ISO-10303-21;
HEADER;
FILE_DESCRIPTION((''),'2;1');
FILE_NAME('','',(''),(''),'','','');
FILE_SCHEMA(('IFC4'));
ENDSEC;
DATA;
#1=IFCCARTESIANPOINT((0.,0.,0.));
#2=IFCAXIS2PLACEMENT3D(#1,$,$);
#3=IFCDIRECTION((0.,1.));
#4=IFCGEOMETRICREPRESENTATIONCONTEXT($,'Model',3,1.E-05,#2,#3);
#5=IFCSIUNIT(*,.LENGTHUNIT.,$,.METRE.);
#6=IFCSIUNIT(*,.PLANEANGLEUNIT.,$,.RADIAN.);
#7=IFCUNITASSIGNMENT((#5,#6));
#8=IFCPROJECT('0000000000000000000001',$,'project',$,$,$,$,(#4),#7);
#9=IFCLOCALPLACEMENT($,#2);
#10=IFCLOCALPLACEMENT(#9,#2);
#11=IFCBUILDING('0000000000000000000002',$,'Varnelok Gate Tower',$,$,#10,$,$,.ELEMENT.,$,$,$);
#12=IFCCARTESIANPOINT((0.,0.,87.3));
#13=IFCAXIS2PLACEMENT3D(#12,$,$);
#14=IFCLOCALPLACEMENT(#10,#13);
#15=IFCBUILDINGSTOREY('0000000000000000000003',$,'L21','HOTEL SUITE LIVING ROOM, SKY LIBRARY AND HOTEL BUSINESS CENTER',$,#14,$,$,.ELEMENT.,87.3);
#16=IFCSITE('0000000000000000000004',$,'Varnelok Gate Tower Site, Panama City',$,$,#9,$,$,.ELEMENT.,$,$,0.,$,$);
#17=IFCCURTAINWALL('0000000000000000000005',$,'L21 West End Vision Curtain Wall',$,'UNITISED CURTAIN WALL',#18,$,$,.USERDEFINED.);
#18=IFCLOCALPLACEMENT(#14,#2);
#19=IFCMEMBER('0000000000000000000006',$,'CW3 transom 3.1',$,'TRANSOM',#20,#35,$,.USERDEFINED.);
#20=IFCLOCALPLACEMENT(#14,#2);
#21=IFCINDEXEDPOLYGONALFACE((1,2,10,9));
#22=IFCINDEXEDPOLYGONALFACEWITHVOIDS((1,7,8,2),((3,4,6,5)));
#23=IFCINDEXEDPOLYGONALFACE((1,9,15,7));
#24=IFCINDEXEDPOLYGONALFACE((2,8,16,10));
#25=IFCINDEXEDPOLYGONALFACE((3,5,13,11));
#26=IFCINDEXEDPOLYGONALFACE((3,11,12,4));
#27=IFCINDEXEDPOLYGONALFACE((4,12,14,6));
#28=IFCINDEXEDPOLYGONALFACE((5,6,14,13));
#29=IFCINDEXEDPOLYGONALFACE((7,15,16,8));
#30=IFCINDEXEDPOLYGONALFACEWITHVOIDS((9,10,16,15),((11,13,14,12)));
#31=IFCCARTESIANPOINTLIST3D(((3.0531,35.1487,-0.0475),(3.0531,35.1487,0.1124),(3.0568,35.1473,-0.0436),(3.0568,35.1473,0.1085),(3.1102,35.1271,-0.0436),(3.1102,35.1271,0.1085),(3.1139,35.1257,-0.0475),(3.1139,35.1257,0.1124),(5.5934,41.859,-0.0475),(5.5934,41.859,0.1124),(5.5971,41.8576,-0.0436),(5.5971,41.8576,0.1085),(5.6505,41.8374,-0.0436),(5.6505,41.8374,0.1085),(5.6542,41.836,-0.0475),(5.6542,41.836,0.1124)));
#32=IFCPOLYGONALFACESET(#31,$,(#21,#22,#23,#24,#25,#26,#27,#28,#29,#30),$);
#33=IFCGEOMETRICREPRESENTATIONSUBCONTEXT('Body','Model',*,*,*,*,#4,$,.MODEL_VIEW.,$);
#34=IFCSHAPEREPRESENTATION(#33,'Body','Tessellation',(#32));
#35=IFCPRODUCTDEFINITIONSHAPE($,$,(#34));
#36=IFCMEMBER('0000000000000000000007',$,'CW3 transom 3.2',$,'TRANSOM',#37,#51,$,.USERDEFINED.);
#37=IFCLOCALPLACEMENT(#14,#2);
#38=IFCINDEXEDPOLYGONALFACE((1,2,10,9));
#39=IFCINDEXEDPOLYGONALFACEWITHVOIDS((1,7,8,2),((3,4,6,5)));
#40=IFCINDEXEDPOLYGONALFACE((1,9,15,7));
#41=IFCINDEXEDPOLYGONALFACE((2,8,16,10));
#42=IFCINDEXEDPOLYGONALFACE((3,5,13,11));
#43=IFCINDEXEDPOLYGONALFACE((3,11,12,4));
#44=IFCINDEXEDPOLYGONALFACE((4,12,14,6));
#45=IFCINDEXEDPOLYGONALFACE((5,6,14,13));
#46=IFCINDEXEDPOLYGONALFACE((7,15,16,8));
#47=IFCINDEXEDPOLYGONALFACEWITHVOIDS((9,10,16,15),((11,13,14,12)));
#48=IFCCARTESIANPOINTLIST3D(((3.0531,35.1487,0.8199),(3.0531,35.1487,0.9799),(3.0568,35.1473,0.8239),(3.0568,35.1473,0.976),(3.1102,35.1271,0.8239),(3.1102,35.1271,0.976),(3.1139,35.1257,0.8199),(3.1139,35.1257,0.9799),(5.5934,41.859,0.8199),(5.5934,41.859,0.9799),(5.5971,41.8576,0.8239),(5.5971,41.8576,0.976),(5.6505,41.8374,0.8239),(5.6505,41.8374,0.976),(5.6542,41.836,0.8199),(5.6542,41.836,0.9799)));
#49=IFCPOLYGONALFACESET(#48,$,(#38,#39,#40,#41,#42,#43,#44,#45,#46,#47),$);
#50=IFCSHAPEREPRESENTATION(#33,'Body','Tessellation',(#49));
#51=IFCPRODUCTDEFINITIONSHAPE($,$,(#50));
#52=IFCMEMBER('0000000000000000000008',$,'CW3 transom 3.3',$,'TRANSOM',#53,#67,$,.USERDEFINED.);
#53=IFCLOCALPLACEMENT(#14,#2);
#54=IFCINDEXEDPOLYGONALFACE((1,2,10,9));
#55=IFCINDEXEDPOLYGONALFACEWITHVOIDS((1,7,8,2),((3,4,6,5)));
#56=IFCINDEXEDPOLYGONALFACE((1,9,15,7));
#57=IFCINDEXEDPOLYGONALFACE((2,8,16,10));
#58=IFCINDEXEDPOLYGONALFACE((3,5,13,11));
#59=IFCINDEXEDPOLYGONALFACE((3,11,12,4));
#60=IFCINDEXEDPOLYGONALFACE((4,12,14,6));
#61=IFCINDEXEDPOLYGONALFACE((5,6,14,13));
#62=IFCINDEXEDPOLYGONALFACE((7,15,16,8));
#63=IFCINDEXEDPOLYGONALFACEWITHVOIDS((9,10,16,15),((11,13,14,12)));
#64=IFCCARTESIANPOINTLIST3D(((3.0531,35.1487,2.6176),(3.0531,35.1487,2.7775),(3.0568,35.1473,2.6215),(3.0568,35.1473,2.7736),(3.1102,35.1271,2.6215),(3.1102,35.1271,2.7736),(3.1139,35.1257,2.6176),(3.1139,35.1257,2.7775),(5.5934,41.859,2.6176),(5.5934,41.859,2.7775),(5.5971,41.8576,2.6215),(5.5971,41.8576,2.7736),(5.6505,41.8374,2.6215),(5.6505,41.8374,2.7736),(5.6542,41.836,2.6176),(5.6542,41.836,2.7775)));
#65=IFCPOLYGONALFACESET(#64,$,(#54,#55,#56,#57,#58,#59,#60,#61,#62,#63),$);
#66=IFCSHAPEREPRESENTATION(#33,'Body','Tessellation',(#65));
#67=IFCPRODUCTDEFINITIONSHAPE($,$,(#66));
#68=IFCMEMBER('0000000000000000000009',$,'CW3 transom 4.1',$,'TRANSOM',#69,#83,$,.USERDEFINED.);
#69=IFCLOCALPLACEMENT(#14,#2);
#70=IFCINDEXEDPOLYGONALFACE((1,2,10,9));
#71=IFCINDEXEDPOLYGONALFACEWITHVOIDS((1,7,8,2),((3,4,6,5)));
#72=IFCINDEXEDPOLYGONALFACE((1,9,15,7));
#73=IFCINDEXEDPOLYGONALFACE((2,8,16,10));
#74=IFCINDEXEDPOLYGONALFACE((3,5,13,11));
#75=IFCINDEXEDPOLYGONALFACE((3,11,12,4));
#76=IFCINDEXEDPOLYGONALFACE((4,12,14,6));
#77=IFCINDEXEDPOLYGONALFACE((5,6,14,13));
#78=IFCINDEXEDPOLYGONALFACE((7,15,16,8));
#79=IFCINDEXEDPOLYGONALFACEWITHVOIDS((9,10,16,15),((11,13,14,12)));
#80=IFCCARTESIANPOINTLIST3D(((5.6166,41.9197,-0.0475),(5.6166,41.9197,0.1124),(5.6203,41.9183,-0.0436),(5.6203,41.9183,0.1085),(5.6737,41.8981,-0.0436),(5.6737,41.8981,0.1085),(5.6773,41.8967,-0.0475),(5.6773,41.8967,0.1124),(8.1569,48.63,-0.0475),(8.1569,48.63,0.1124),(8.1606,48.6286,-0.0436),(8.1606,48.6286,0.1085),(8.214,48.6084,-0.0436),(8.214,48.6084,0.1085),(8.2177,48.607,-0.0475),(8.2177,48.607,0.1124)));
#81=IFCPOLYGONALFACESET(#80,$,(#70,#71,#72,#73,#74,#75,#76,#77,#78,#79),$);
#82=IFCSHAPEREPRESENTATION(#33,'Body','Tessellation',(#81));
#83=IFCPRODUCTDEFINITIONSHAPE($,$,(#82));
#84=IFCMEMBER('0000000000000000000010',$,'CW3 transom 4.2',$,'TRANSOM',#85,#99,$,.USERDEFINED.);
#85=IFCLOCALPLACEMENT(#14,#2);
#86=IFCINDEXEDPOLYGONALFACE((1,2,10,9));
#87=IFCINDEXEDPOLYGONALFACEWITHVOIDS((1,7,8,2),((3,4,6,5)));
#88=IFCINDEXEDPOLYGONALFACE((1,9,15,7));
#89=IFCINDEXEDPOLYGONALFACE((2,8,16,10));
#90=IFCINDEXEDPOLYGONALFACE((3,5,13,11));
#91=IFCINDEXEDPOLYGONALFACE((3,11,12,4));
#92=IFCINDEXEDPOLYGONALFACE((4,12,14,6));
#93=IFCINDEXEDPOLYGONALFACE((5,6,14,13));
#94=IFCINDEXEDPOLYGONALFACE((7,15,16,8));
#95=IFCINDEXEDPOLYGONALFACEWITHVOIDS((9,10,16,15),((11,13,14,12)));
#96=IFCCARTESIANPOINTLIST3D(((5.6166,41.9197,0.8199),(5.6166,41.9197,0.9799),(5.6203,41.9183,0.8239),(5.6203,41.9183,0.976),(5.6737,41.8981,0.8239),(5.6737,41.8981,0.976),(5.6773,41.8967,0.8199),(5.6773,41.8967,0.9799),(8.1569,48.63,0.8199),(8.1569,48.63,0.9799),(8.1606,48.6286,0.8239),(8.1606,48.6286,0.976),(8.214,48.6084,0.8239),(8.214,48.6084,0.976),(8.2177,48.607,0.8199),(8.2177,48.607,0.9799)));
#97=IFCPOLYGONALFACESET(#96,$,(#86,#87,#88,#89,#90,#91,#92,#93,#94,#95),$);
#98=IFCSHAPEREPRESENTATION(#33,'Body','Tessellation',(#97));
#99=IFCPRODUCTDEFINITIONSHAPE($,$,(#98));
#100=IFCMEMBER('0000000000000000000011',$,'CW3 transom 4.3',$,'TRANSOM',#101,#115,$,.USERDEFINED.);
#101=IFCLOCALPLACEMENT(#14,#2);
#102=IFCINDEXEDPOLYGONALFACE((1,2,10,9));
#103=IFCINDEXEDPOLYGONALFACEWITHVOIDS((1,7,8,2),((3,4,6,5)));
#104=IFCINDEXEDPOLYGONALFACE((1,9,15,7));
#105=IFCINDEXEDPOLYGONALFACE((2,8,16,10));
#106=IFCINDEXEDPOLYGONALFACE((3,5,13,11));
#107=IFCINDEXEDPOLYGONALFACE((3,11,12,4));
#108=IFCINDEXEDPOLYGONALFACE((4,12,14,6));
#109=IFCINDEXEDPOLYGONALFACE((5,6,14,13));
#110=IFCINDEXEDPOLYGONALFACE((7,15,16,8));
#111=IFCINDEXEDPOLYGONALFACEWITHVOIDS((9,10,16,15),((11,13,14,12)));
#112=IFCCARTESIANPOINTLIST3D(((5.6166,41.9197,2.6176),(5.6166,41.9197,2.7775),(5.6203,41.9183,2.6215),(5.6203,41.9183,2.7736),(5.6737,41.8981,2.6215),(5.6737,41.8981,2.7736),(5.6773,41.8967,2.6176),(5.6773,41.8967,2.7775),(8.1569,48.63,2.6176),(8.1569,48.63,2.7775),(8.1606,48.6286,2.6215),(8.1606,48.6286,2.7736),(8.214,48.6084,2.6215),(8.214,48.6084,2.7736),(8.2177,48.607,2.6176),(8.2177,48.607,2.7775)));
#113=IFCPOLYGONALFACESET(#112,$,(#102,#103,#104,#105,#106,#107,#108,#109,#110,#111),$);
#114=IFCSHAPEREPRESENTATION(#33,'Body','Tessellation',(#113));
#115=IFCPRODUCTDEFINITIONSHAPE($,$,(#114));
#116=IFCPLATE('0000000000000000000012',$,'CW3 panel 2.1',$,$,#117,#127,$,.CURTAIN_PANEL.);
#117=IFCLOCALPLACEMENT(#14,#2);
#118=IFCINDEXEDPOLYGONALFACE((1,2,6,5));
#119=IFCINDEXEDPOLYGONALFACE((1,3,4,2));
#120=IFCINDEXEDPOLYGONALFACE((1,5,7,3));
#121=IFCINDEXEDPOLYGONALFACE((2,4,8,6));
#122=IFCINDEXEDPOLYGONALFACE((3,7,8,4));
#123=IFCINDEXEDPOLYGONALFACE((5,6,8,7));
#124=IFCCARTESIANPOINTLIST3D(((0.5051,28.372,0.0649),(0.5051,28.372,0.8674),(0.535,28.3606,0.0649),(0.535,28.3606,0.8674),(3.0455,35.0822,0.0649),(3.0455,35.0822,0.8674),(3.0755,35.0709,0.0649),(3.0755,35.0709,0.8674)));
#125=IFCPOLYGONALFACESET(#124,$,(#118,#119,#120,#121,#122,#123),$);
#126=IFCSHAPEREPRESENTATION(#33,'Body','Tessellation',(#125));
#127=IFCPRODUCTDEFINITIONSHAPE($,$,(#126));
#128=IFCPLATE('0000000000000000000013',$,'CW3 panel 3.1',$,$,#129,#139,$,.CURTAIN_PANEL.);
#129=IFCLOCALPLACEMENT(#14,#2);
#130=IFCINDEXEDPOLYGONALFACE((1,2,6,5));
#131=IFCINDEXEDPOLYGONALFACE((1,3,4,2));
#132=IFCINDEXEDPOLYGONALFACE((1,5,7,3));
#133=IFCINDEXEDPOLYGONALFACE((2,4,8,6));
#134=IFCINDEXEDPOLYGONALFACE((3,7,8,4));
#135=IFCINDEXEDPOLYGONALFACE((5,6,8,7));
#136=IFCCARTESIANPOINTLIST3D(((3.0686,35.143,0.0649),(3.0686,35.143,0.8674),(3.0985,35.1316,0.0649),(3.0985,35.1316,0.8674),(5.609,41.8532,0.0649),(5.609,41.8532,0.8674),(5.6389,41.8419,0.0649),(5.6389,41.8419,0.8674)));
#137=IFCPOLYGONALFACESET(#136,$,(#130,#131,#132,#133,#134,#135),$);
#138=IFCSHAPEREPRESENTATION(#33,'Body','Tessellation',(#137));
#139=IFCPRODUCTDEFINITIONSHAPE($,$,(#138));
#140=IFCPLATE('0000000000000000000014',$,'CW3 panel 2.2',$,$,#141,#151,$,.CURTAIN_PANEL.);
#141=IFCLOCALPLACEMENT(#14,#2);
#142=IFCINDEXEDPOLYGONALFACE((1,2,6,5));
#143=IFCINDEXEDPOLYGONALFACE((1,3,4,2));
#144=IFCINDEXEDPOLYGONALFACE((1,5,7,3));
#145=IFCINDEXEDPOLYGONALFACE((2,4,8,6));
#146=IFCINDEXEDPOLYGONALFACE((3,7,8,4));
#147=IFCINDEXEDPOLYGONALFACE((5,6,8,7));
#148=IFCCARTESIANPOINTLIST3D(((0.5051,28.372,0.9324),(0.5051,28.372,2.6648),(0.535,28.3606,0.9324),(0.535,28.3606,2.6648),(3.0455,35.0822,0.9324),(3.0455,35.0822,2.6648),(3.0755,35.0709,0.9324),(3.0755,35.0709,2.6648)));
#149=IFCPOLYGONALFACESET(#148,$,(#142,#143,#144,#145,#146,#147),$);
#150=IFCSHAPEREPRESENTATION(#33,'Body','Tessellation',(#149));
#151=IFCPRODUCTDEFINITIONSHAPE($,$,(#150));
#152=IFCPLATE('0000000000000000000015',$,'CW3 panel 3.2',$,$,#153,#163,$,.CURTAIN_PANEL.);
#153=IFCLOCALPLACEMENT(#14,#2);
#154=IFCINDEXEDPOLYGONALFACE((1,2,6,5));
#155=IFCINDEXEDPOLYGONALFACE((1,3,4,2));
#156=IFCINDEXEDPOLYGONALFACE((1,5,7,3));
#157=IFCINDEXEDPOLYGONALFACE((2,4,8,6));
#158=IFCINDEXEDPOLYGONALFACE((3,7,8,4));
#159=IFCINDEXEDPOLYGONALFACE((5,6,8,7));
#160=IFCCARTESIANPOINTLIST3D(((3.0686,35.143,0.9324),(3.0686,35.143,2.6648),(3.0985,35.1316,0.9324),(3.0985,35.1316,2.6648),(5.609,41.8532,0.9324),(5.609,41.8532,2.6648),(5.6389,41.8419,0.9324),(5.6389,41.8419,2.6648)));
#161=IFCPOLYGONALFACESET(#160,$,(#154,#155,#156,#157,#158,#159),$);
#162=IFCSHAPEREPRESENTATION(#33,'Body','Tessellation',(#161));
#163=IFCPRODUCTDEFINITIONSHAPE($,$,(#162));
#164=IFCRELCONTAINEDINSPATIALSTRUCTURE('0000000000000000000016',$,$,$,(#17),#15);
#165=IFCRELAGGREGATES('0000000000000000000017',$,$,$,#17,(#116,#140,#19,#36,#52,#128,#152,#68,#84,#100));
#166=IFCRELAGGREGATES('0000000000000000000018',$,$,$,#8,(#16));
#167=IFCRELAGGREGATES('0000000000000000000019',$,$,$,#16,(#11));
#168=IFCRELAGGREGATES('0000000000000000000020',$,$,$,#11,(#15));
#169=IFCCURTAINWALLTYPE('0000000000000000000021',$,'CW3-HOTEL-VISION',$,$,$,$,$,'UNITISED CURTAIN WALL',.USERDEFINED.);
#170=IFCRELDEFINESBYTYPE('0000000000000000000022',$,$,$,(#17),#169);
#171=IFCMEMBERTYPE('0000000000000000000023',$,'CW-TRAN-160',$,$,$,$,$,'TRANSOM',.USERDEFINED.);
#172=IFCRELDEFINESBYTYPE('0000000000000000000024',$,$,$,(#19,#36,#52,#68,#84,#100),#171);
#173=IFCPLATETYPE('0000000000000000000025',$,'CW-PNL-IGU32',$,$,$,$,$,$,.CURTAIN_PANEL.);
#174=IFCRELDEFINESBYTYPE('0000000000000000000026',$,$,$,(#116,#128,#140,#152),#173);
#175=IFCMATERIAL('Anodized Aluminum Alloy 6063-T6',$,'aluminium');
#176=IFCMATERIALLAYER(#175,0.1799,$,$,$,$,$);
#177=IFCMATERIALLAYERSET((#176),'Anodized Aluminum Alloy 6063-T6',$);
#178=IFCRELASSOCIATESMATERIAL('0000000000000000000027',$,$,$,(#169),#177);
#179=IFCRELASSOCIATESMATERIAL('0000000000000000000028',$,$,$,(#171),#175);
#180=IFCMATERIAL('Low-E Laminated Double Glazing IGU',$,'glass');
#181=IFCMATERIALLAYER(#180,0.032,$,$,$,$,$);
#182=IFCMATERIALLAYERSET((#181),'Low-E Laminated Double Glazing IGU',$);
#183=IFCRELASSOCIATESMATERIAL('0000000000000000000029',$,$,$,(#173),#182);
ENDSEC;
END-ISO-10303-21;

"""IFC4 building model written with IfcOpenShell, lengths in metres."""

from ifc_helpers import new_model, si_unit, direction, frame, origin, origin_2d, place, context, subcontext, project, spatial, rectangle, hollow_rectangle, extrude, source, transform, mapped, material, layer, layer_set, material_profile, profile_set, type_object, element, aggregate, save


model = new_model("IFC4")

# Units and contexts
model_context = context("Model", 3, precision=1e-05, world=origin(), true_north=direction((0.0, 1.0)))
body_context = subcontext(model_context, "Body", "Model", "MODEL_VIEW")
ifc_project = project(units=[si_unit("LENGTHUNIT", "METRE"), si_unit("PLANEANGLEUNIT", "RADIAN")], contexts=[model_context])

# Site, building, storey
site_placement = place(None, origin())
site = spatial("IfcSite", under=ifc_project, at=site_placement, Name="Varnelok Gate Tower Site, Panama City", CompositionType="ELEMENT", RefElevation=0.0)
building_placement = place(site_placement, origin())
building = spatial("IfcBuilding", under=site, at=building_placement, Name="Varnelok Gate Tower", CompositionType="ELEMENT")
storey_placement = place(building_placement, frame((0.0, 0.0, 87.3)))
storey = spatial("IfcBuildingStorey", under=building, at=storey_placement, Name="L21", Description="HOTEL SUITE LIVING ROOM, SKY LIBRARY AND HOTEL BUSINESS CENTER", CompositionType="ELEMENT", Elevation=87.3)

# Curtain wall, members, plates
ifc_material_1 = material(Name="Anodized Aluminum Alloy 6063-T6", Category="aluminium")
ifc_layer_1 = layer(ifc_material_1, 0.1799)
ifc_layer_set_1 = layer_set([ifc_layer_1], Name="Anodized Aluminum Alloy 6063-T6")
curtain_wall_type = type_object("IfcCurtainWallType", Name="CW3-HOTEL-VISION", ElementType="UNITISED CURTAIN WALL", PredefinedType="USERDEFINED", material=ifc_layer_set_1)
curtain_wall_placement = place(storey_placement, origin())
curtain_wall = element("IfcCurtainWall", 1, at=curtain_wall_placement, inside=storey, type_object=curtain_wall_type, Name="L21 West End Vision Curtain Wall", ObjectType="UNITISED CURTAIN WALL", PredefinedType="USERDEFINED")
ifc_material_profile_1 = material_profile(ifc_material_1, hollow_rectangle(XDim=0.0649, YDim=0.1599, WallThickness=0.0039, at=origin_2d()), Name="ALU160X65X4")
ifc_profile_set_1 = profile_set([ifc_material_profile_1], Name="Anodized Aluminum Alloy 6063-T6")
member_type_1 = type_object("IfcMemberType", Name="CW-TRAN-160", ElementType="TRANSOM", PredefinedType="USERDEFINED", material=ifc_profile_set_1)
member_1_placement = place(storey_placement, frame((3.0835, 35.1372, 0.0325), z_axis=(0.354049, 0.935227, 0.0), x_axis=(-0.935227, 0.354049, 0.0)))
member_1 = element("IfcMember", 2, at=member_1_placement, type_object=member_type_1, Name="CW3 transom 3.1", ObjectType="TRANSOM", PredefinedType="USERDEFINED", context=body_context, shape_type="SweptSolid", body=[
    extrude(hollow_rectangle(XDim=0.0649, YDim=0.1599, WallThickness=0.0039, at=origin_2d()), origin(), (0.0, 0.0, 1.0), 7.175),
])
member_2_placement = place(storey_placement, frame((3.0835, 35.1372, 0.8999), z_axis=(0.354049, 0.935227, 0.0), x_axis=(-0.935227, 0.354049, 0.0)))
member_2 = element("IfcMember", 3, at=member_2_placement, type_object=member_type_1, Name="CW3 transom 3.2", ObjectType="TRANSOM", PredefinedType="USERDEFINED", context=body_context, shape_type="SweptSolid", body=[
    extrude(hollow_rectangle(XDim=0.0649, YDim=0.1599, WallThickness=0.0039, at=origin_2d()), origin(), (0.0, 0.0, 1.0), 7.175),
])
member_3_placement = place(storey_placement, frame((3.0835, 35.1372, 2.6975), z_axis=(0.354049, 0.935227, 0.0), x_axis=(-0.935227, 0.354049, 0.0)))
member_3 = element("IfcMember", 4, at=member_3_placement, type_object=member_type_1, Name="CW3 transom 3.3", ObjectType="TRANSOM", PredefinedType="USERDEFINED", context=body_context, shape_type="SweptSolid", body=[
    extrude(hollow_rectangle(XDim=0.0649, YDim=0.1599, WallThickness=0.0039, at=origin_2d()), origin(), (0.0, 0.0, 1.0), 7.175),
])
member_4_placement = place(storey_placement, frame((5.647, 41.9082, 0.0325), z_axis=(0.354049, 0.935227, 0.0), x_axis=(-0.935227, 0.354049, 0.0)))
member_4 = element("IfcMember", 5, at=member_4_placement, type_object=member_type_1, Name="CW3 transom 4.1", ObjectType="TRANSOM", PredefinedType="USERDEFINED", context=body_context, shape_type="SweptSolid", body=[
    extrude(hollow_rectangle(XDim=0.0649, YDim=0.1599, WallThickness=0.0039, at=origin_2d()), origin(), (0.0, 0.0, 1.0), 7.175),
])
member_5_placement = place(storey_placement, frame((5.647, 41.9082, 0.8999), z_axis=(0.354049, 0.935227, 0.0), x_axis=(-0.935227, 0.354049, 0.0)))
member_5 = element("IfcMember", 6, at=member_5_placement, type_object=member_type_1, Name="CW3 transom 4.2", ObjectType="TRANSOM", PredefinedType="USERDEFINED", context=body_context, shape_type="SweptSolid", body=[
    extrude(hollow_rectangle(XDim=0.0649, YDim=0.1599, WallThickness=0.0039, at=origin_2d()), origin(), (0.0, 0.0, 1.0), 7.175),
])
member_6_placement = place(storey_placement, frame((5.647, 41.9082, 2.6975), z_axis=(0.354049, 0.935227, 0.0), x_axis=(-0.935227, 0.354049, 0.0)))
member_6 = element("IfcMember", 7, at=member_6_placement, type_object=member_type_1, Name="CW3 transom 4.3", ObjectType="TRANSOM", PredefinedType="USERDEFINED", context=body_context, shape_type="SweptSolid", body=[
    extrude(hollow_rectangle(XDim=0.0649, YDim=0.1599, WallThickness=0.0039, at=origin_2d()), origin(), (0.0, 0.0, 1.0), 7.175),
])
ifc_material_2 = material(Name="Low-E Laminated Double Glazing IGU", Category="glass")
ifc_layer_2 = layer(ifc_material_2, 0.032)
ifc_layer_set_2 = layer_set([ifc_layer_2], Name="Low-E Laminated Double Glazing IGU")
plate_type = type_object("IfcPlateType", Name="CW-PNL-IGU32", PredefinedType="CURTAIN_PANEL", material=ifc_layer_set_2)
shared_shape_1 = source(origin(), body_context, "Body", "SweptSolid", [
    extrude(rectangle(XDim=7.175, YDim=0.032, at=origin_2d()), origin(), (0.0, 0.0, 1.0), 0.8025),
])
plate_1_placement = place(storey_placement, frame((1.7903, 31.7214, 0.0649), z_axis=(0.0, 0.0, 1.0), x_axis=(0.354064, 0.935221, 0.0)))
plate_1 = element("IfcPlate", 8, at=plate_1_placement, type_object=plate_type, Name="CW3 panel 2.1", PredefinedType="CURTAIN_PANEL", context=body_context, shape_type="MappedRepresentation", body=[
    mapped(shared_shape_1, transform((0.0, 0.0, 0.0), scale=1.0)),
])
plate_2_placement = place(storey_placement, frame((4.3538, 38.4924, 0.0649), z_axis=(0.0, 0.0, 1.0), x_axis=(0.354064, 0.935221, 0.0)))
plate_2 = element("IfcPlate", 9, at=plate_2_placement, type_object=plate_type, Name="CW3 panel 3.1", PredefinedType="CURTAIN_PANEL", context=body_context, shape_type="MappedRepresentation", body=[
    mapped(shared_shape_1, transform((0.0, 0.0, 0.0), scale=1.0)),
])
shared_shape_2 = source(origin(), body_context, "Body", "SweptSolid", [
    extrude(rectangle(XDim=7.175, YDim=0.032, at=origin_2d()), origin(), (0.0, 0.0, 1.0), 1.7324),
])
plate_3_placement = place(storey_placement, frame((1.7903, 31.7214, 0.9324), z_axis=(0.0, 0.0, 1.0), x_axis=(0.354064, 0.935221, 0.0)))
plate_3 = element("IfcPlate", 10, at=plate_3_placement, type_object=plate_type, Name="CW3 panel 2.2", PredefinedType="CURTAIN_PANEL", context=body_context, shape_type="MappedRepresentation", body=[
    mapped(shared_shape_2, transform((0.0, 0.0, 0.0), scale=1.0)),
])
plate_4_placement = place(storey_placement, frame((4.3538, 38.4924, 0.9324), z_axis=(0.0, 0.0, 1.0), x_axis=(0.354064, 0.935221, 0.0)))
plate_4 = element("IfcPlate", 11, at=plate_4_placement, type_object=plate_type, Name="CW3 panel 3.2", PredefinedType="CURTAIN_PANEL", context=body_context, shape_type="MappedRepresentation", body=[
    mapped(shared_shape_2, transform((0.0, 0.0, 0.0), scale=1.0)),
])
aggregate(curtain_wall, [plate_1, plate_3, member_1, member_2, member_3, plate_2, plate_4, member_4, member_5, member_6])

save(model, "model.ifc")
